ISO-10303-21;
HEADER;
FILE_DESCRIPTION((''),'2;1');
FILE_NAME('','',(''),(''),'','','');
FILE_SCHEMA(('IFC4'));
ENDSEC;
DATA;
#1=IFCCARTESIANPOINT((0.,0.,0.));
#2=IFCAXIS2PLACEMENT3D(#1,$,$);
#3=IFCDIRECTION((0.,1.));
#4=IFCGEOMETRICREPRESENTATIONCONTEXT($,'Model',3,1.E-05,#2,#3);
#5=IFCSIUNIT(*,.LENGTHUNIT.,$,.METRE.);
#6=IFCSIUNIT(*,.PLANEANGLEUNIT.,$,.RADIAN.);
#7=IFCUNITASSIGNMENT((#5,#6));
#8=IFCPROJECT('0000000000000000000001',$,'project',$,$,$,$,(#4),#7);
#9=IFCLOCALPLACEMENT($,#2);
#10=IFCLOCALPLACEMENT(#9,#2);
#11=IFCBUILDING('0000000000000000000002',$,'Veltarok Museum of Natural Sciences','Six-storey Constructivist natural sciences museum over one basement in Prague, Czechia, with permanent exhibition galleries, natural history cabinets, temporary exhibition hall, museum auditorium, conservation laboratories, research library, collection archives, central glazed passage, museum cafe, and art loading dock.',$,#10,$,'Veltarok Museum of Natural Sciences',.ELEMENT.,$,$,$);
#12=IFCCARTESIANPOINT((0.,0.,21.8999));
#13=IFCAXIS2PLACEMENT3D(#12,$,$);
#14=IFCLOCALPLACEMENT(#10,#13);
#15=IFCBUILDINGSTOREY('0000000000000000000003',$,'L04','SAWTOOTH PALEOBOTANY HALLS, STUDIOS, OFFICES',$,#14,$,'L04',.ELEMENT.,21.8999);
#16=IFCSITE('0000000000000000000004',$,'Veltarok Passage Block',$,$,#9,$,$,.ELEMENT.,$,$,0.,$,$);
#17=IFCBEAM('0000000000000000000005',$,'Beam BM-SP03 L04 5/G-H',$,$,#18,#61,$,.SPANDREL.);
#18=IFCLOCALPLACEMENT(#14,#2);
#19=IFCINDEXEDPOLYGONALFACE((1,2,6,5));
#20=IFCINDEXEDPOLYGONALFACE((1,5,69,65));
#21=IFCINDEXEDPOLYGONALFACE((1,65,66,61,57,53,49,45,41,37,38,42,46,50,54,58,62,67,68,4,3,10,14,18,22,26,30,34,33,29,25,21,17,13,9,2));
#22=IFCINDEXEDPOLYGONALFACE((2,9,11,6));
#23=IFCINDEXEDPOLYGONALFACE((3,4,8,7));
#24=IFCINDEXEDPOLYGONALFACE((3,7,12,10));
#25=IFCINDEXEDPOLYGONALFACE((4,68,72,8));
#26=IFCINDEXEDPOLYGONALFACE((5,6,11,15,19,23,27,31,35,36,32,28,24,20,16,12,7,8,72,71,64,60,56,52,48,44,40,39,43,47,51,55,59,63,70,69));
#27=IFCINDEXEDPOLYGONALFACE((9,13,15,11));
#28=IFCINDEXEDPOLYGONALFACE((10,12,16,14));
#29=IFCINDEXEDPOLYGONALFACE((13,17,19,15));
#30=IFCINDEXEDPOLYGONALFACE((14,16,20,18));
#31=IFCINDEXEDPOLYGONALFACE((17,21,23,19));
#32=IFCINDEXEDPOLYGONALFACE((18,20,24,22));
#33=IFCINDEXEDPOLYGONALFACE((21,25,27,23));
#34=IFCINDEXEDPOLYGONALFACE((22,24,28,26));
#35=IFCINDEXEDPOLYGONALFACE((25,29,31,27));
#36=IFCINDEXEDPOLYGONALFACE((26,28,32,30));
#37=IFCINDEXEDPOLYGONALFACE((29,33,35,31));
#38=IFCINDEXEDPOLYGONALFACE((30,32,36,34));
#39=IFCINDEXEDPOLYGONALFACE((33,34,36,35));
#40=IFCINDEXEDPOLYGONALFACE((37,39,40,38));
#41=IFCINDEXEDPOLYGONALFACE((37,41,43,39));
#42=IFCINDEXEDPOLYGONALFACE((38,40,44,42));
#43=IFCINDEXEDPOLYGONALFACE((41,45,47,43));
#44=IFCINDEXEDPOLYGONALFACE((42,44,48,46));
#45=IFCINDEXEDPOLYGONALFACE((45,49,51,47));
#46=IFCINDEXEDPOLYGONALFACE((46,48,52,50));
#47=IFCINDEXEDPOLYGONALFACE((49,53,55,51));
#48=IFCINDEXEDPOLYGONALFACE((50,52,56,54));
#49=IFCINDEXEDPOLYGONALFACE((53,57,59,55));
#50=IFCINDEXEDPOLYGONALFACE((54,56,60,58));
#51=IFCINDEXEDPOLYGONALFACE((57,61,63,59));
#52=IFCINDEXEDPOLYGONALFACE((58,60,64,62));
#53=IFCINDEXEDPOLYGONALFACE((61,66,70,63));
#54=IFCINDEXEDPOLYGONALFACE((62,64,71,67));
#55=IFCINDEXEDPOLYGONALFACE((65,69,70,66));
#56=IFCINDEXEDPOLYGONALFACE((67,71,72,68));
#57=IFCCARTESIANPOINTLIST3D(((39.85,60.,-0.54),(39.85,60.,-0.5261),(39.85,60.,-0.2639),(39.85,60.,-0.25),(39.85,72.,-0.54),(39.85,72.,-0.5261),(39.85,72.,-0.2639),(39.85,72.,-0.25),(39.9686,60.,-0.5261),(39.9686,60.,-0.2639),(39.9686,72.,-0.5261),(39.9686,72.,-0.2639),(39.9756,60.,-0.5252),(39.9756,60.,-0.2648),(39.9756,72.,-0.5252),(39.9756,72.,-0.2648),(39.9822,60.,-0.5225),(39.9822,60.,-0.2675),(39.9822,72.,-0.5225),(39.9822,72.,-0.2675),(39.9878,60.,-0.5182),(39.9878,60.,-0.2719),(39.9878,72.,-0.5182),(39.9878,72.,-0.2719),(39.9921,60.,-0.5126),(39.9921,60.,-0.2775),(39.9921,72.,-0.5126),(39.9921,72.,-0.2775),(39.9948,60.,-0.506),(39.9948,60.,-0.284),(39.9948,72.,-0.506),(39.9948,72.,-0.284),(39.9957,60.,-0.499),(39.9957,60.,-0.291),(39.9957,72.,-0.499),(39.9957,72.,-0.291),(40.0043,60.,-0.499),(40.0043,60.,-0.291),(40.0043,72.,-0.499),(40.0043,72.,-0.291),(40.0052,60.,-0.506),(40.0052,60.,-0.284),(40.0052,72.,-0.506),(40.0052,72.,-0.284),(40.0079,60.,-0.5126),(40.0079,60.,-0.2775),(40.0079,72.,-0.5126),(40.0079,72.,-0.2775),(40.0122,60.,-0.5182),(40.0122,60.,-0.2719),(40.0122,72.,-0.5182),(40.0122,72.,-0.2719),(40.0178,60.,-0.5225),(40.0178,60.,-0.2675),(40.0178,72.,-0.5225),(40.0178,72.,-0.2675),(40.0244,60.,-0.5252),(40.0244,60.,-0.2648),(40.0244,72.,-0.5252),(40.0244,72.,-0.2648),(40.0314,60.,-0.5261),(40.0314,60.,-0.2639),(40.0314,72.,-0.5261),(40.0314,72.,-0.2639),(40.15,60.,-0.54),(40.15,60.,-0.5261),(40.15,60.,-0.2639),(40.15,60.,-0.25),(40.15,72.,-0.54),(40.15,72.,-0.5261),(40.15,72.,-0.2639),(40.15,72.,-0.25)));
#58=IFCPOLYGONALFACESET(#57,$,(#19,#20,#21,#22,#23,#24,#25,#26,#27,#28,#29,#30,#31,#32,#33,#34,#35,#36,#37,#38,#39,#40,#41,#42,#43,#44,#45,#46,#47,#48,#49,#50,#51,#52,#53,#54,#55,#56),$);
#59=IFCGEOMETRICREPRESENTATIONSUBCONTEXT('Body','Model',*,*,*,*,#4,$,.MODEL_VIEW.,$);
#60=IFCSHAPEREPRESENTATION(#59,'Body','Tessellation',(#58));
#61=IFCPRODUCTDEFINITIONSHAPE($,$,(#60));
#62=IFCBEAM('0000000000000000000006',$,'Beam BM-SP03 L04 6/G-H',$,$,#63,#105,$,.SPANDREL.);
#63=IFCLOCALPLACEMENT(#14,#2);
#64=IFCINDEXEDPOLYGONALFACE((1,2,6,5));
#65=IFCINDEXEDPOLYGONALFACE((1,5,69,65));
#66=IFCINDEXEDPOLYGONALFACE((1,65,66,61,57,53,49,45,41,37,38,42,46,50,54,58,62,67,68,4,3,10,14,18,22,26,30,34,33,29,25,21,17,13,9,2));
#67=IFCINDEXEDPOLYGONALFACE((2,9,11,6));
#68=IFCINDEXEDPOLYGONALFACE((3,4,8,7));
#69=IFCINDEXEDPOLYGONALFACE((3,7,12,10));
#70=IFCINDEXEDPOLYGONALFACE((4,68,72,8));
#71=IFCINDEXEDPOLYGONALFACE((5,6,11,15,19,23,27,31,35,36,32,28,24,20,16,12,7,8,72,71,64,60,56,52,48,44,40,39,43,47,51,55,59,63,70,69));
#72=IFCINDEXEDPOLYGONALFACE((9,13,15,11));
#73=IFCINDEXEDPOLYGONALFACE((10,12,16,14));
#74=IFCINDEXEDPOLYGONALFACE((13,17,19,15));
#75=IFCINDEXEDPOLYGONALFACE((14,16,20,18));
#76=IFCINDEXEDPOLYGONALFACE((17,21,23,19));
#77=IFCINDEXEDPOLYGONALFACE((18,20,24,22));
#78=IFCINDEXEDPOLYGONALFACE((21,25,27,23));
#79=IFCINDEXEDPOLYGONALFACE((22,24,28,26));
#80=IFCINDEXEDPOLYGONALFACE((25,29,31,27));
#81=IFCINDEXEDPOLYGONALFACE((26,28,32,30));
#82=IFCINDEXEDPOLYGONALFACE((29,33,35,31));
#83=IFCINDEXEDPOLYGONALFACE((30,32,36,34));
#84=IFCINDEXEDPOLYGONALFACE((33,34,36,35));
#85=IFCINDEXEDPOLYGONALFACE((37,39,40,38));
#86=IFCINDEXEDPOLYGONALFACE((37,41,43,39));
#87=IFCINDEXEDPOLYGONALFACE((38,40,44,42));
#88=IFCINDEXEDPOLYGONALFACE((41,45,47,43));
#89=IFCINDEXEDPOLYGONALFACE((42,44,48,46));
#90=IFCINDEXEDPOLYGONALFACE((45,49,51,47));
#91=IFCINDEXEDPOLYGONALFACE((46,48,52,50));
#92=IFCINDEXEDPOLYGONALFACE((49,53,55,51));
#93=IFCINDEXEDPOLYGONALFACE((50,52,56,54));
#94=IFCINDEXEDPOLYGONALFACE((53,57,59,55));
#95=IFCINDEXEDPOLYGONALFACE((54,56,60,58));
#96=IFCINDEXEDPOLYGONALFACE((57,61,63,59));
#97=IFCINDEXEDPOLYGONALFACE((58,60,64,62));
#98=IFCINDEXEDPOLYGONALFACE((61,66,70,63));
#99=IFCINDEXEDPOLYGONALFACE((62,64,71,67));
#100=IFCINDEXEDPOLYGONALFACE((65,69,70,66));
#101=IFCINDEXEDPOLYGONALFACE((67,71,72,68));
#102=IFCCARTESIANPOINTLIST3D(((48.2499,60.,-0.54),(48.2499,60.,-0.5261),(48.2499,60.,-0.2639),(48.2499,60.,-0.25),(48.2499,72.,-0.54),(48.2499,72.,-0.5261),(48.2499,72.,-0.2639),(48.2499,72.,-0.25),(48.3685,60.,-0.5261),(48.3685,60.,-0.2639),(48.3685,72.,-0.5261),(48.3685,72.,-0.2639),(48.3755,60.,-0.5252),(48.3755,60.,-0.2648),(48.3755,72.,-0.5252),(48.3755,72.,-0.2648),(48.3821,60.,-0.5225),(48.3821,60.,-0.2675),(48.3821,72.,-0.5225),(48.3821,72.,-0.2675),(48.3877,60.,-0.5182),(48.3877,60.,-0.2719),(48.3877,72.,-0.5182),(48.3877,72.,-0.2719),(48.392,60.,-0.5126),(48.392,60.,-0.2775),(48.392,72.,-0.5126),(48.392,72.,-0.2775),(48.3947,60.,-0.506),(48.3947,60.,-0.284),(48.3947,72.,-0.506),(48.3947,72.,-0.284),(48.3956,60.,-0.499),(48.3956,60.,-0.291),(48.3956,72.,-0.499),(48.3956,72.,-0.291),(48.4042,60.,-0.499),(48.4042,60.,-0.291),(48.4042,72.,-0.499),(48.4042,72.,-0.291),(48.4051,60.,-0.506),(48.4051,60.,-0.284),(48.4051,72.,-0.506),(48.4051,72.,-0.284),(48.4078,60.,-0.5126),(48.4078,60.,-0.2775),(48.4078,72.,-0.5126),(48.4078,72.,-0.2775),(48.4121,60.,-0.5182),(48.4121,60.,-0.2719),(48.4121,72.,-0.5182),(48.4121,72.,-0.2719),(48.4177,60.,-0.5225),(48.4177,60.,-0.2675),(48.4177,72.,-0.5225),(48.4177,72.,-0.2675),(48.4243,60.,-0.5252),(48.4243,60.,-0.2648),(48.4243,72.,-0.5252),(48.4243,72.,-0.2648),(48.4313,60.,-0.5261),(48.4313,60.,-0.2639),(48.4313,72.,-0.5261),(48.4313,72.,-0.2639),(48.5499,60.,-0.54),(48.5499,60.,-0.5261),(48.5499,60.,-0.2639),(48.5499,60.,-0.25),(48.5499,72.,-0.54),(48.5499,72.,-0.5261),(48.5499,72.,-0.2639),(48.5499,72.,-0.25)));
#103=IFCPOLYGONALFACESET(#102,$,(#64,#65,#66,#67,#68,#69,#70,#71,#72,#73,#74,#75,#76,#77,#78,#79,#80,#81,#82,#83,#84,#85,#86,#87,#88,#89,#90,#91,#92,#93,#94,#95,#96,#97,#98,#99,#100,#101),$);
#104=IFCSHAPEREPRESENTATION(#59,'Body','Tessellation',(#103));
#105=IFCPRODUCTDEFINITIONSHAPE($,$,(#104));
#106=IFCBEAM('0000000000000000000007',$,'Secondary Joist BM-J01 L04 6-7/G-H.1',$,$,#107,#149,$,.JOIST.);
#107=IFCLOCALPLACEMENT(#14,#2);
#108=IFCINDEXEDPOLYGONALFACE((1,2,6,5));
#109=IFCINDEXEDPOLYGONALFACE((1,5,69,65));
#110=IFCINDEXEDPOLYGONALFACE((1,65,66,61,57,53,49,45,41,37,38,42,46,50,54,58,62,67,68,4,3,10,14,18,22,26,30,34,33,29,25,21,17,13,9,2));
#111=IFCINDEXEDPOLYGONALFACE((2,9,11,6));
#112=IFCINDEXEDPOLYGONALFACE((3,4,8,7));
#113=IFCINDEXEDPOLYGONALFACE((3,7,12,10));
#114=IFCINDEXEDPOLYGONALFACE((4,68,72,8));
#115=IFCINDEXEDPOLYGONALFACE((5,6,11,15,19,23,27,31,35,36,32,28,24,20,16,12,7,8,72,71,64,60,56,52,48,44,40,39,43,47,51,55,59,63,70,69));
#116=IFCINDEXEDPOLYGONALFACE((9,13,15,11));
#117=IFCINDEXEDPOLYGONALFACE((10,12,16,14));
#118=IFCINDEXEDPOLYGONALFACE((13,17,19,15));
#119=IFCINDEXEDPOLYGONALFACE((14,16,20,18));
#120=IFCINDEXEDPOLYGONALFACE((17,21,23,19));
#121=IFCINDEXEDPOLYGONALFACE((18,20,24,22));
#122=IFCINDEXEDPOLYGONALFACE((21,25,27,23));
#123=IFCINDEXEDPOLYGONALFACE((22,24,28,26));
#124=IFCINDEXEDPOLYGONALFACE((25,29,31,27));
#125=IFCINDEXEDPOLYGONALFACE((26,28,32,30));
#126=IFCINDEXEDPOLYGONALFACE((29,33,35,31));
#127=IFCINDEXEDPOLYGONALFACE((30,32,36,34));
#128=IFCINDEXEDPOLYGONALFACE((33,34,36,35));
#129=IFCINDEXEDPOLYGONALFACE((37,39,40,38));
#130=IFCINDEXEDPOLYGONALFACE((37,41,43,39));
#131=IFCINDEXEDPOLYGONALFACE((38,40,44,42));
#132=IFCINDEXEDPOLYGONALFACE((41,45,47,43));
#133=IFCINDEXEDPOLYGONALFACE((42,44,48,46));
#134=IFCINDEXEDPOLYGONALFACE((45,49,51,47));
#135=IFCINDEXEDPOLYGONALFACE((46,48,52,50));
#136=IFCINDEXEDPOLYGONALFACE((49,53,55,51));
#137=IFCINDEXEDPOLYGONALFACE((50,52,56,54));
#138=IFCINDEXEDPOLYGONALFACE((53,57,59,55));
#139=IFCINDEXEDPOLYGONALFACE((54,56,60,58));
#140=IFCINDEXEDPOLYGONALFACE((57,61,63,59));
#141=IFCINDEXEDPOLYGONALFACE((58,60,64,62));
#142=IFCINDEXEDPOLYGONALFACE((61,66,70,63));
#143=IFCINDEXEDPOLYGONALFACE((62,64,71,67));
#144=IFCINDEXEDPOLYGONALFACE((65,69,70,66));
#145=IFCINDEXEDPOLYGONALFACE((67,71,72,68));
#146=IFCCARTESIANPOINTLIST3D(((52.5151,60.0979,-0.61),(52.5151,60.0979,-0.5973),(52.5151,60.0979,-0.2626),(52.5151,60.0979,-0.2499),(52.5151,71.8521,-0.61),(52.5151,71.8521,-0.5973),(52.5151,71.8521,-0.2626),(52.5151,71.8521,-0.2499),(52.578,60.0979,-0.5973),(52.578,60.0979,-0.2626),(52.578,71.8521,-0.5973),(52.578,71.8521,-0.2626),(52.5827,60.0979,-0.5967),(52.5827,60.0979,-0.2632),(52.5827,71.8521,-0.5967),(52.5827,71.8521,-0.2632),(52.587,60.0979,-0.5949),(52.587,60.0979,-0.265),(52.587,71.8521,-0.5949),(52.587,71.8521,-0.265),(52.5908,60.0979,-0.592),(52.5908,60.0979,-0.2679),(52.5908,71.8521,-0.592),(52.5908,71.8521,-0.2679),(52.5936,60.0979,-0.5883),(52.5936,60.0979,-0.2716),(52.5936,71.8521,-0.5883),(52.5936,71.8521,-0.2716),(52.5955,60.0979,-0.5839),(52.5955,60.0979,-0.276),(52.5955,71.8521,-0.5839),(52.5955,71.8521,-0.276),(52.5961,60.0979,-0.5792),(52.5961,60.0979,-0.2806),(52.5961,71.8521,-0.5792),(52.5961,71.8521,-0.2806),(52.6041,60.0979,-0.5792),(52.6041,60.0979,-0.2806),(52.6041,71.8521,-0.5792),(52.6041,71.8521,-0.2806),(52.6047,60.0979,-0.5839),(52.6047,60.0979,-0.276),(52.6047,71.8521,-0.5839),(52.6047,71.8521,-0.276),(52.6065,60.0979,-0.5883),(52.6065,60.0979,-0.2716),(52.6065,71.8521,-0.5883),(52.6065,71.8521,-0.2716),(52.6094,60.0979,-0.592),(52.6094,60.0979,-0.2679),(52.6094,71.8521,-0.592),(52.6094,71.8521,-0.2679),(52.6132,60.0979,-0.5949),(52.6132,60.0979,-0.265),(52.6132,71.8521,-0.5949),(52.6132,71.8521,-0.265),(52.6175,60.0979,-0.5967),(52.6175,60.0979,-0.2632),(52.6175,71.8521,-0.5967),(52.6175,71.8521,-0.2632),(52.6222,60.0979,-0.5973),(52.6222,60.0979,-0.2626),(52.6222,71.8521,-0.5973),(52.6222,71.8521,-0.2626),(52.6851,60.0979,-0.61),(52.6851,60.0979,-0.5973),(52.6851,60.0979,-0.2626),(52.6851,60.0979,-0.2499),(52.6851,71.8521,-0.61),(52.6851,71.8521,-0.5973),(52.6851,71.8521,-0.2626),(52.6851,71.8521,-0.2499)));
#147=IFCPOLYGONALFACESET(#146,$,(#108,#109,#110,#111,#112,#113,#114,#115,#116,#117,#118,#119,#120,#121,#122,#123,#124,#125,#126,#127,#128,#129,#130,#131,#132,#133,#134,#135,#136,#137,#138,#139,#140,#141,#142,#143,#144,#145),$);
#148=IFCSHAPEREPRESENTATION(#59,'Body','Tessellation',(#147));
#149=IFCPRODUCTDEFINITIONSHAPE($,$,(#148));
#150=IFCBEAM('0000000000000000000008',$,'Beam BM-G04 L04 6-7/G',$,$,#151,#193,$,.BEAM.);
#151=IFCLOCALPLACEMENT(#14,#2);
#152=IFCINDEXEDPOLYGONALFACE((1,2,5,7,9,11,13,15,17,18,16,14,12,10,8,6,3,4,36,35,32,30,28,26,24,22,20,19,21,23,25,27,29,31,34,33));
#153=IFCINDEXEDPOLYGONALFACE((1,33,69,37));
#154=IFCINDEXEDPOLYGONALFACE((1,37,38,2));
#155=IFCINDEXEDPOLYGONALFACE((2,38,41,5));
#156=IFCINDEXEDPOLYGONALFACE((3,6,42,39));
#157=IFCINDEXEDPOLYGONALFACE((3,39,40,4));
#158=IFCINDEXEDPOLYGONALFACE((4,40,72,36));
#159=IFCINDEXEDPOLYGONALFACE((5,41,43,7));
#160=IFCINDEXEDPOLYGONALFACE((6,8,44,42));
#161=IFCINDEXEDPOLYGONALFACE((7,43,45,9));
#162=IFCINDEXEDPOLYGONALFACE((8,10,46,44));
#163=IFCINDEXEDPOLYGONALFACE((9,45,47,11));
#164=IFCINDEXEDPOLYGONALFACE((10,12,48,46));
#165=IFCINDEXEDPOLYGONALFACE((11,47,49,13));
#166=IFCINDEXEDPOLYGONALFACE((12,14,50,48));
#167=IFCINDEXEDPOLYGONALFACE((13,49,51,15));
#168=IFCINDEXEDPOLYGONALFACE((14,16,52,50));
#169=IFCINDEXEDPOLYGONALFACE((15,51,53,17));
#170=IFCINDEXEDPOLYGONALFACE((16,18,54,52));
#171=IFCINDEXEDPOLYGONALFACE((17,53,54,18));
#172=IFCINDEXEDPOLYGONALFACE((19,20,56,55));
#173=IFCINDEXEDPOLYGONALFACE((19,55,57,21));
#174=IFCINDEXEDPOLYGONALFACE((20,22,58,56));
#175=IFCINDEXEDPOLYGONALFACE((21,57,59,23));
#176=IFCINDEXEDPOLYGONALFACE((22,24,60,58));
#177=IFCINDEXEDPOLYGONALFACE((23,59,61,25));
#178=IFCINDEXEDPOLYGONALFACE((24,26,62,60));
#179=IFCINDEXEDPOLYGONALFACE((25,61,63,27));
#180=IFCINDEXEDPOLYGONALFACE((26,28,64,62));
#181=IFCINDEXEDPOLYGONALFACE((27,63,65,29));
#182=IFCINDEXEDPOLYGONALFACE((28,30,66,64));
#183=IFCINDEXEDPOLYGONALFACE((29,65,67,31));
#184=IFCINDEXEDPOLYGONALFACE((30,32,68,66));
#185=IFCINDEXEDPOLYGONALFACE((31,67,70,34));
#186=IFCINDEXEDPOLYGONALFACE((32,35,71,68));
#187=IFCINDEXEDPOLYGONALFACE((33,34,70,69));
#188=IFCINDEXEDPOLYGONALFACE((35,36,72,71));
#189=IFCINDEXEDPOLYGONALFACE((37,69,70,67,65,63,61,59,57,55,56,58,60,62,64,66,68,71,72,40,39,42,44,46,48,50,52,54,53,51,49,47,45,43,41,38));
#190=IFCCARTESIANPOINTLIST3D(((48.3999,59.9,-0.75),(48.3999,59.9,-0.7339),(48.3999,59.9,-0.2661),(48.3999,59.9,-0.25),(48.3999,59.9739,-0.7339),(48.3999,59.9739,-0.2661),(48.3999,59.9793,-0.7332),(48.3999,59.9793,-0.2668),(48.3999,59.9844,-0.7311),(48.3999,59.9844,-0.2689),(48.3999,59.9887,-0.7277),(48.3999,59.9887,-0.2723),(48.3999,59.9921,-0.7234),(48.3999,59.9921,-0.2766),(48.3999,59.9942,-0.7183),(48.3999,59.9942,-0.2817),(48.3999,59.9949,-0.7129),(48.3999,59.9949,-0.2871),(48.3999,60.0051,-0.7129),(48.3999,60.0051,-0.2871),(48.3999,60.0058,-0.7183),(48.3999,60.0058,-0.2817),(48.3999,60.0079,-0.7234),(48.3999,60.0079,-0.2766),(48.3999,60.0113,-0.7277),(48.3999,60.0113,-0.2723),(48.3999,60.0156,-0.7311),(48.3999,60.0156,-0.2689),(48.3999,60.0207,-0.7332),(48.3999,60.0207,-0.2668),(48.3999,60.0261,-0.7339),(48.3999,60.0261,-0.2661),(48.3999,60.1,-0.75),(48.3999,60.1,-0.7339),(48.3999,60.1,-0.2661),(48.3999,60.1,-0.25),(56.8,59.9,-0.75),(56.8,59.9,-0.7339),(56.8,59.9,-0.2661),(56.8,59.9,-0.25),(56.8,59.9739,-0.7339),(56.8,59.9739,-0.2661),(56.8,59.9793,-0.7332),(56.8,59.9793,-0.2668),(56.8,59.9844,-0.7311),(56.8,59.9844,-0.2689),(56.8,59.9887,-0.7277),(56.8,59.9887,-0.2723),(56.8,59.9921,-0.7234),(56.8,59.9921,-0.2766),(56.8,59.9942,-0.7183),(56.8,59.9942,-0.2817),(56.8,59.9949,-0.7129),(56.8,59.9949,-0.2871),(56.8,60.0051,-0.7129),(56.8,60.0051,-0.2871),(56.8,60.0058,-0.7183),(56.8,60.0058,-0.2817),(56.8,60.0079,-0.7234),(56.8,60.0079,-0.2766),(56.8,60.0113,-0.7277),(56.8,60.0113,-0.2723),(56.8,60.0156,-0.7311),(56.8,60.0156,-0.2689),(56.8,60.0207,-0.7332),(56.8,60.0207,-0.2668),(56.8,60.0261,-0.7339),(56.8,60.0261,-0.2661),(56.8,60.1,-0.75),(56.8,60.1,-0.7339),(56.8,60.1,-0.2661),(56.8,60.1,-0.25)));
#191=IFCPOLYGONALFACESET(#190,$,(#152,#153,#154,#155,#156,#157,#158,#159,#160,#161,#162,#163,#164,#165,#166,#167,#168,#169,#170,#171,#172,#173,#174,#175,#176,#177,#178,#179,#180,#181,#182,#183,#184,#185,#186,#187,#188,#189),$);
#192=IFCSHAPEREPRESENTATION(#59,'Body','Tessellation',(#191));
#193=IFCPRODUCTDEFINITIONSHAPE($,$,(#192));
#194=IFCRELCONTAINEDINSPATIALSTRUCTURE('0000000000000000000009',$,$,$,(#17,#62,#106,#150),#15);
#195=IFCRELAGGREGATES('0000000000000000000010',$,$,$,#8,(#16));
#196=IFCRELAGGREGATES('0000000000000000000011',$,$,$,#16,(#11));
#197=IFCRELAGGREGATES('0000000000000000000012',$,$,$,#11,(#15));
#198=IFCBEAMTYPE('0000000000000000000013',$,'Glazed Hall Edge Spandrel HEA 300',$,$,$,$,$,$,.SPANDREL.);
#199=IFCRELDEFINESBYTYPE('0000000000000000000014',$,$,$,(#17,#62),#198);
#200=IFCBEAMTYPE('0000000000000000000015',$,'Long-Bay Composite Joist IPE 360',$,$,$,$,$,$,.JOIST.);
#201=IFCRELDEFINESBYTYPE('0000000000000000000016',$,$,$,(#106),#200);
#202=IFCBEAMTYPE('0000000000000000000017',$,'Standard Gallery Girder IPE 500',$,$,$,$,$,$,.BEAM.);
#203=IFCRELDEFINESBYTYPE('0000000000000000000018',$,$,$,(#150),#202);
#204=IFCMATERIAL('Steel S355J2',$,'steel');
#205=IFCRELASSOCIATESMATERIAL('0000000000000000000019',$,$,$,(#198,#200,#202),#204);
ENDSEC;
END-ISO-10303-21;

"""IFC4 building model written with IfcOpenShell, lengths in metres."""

from ifc_helpers import new_model, si_unit, direction, frame, origin, origin_2d, place, context, subcontext, project, spatial, i_section, extrude, material, material_profile, profile_set, type_object, element, save


model = new_model("IFC4")

# Units and contexts
model_context = context("Model", 3, precision=1e-05, world=origin(), true_north=direction((0.0, 1.0)))
body_context = subcontext(model_context, "Body", "Model", "MODEL_VIEW")
ifc_project = project(units=[si_unit("LENGTHUNIT", "METRE"), si_unit("PLANEANGLEUNIT", "RADIAN")], contexts=[model_context])

# Site, building, storey
site_placement = place(None, origin())
site = spatial("IfcSite", under=ifc_project, at=site_placement, Name="Veltarok Passage Block", CompositionType="ELEMENT", RefElevation=0.0)
building_placement = place(site_placement, origin())
building = spatial("IfcBuilding", under=site, at=building_placement, Name="Veltarok Museum of Natural Sciences", Description="Six-storey Constructivist natural sciences museum over one basement in Prague, Czechia, with permanent exhibition galleries, natural history cabinets, temporary exhibition hall, museum auditorium, conservation laboratories, research library, collection archives, central glazed passage, museum cafe, and art loading dock.", LongName="Veltarok Museum of Natural Sciences", CompositionType="ELEMENT")
storey_placement = place(building_placement, frame((0.0, 0.0, 21.8999)))
storey = spatial("IfcBuildingStorey", under=building, at=storey_placement, Name="L04", Description="SAWTOOTH PALEOBOTANY HALLS, STUDIOS, OFFICES", LongName="L04", CompositionType="ELEMENT", Elevation=21.8999)

# Shared definitions
ifc_material_1 = material(Name="Steel S355J2", Category="steel")

# Beams
ifc_material_profile_1 = material_profile(ifc_material_1, i_section(OverallWidth=0.3, OverallDepth=0.29, WebThickness=0.0085, FlangeThickness=0.0139, FilletRadius=0.0271, at=origin_2d()), Name="HEA 300")
ifc_profile_set_1 = profile_set([ifc_material_profile_1], Name="Steel S355J2")
beam_type_1 = type_object("IfcBeamType", Name="Glazed Hall Edge Spandrel HEA 300", PredefinedType="SPANDREL", material=ifc_profile_set_1)
for number, where, z_axis, x_axis, name in (
    (1, (40.0, 60.0, -0.395), (0.0, 1.0, 0.0), (-1.0, 0.0, 0.0), "Beam BM-SP03 L04 5/G-H"),
    (2, (48.3999, 60.0, -0.395), (0.0, 1.0, 0.0), (-1.0, 0.0, 0.0), "Beam BM-SP03 L04 6/G-H"),
):
    element("IfcBeam", number, at=place(storey_placement, frame(where, z_axis=z_axis, x_axis=x_axis)), inside=storey, type_object=beam_type_1, Name=name, PredefinedType="SPANDREL", context=body_context, shape_type="SweptSolid", body=[
        extrude(i_section(OverallWidth=0.3, OverallDepth=0.29, WebThickness=0.0085, FlangeThickness=0.0139, FilletRadius=0.0271, at=origin_2d()), origin(), (0.0, 0.0, 1.0), 12.0),
    ])
ifc_material_profile_2 = material_profile(ifc_material_1, i_section(OverallWidth=0.1699, OverallDepth=0.3601, WebThickness=0.0081, FlangeThickness=0.0127, FilletRadius=0.0181, at=origin_2d()), Name="IPE 360")
ifc_profile_set_2 = profile_set([ifc_material_profile_2], Name="Steel S355J2")
beam_type_2 = type_object("IfcBeamType", Name="Long-Bay Composite Joist IPE 360", PredefinedType="JOIST", material=ifc_profile_set_2)
beam_1_placement = place(storey_placement, frame((52.6001, 60.0979, -0.4299), z_axis=(0.0, 1.0, 0.0), x_axis=(-1.0, 0.0, 0.0)))
element("IfcBeam", 3, at=beam_1_placement, inside=storey, type_object=beam_type_2, Name="Secondary Joist BM-J01 L04 6-7/G-H.1", PredefinedType="JOIST", context=body_context, shape_type="SweptSolid", body=[
    extrude(i_section(OverallWidth=0.1699, OverallDepth=0.3601, WebThickness=0.0081, FlangeThickness=0.0127, FilletRadius=0.0181, at=origin_2d()), origin(), (0.0, 0.0, 1.0), 11.7542),
])
ifc_material_profile_3 = material_profile(ifc_material_1, i_section(OverallWidth=0.2, OverallDepth=0.5, WebThickness=0.0103, FlangeThickness=0.0161, FilletRadius=0.021, at=origin_2d()), Name="IPE 500")
ifc_profile_set_3 = profile_set([ifc_material_profile_3], Name="Steel S355J2")
beam_type_3 = type_object("IfcBeamType", Name="Standard Gallery Girder IPE 500", PredefinedType="BEAM", material=ifc_profile_set_3)
beam_2_placement = place(storey_placement, frame((48.3999, 60.0, -0.5), z_axis=(1.0, 0.0, 0.0), x_axis=(0.0, 1.0, 0.0)))
element("IfcBeam", 4, at=beam_2_placement, inside=storey, type_object=beam_type_3, Name="Beam BM-G04 L04 6-7/G", PredefinedType="BEAM", context=body_context, shape_type="SweptSolid", body=[
    extrude(i_section(OverallWidth=0.2, OverallDepth=0.5, WebThickness=0.0103, FlangeThickness=0.0161, FilletRadius=0.021, at=origin_2d()), origin(), (0.0, 0.0, 1.0), 8.4001),
])

save(model, "model.ifc")
